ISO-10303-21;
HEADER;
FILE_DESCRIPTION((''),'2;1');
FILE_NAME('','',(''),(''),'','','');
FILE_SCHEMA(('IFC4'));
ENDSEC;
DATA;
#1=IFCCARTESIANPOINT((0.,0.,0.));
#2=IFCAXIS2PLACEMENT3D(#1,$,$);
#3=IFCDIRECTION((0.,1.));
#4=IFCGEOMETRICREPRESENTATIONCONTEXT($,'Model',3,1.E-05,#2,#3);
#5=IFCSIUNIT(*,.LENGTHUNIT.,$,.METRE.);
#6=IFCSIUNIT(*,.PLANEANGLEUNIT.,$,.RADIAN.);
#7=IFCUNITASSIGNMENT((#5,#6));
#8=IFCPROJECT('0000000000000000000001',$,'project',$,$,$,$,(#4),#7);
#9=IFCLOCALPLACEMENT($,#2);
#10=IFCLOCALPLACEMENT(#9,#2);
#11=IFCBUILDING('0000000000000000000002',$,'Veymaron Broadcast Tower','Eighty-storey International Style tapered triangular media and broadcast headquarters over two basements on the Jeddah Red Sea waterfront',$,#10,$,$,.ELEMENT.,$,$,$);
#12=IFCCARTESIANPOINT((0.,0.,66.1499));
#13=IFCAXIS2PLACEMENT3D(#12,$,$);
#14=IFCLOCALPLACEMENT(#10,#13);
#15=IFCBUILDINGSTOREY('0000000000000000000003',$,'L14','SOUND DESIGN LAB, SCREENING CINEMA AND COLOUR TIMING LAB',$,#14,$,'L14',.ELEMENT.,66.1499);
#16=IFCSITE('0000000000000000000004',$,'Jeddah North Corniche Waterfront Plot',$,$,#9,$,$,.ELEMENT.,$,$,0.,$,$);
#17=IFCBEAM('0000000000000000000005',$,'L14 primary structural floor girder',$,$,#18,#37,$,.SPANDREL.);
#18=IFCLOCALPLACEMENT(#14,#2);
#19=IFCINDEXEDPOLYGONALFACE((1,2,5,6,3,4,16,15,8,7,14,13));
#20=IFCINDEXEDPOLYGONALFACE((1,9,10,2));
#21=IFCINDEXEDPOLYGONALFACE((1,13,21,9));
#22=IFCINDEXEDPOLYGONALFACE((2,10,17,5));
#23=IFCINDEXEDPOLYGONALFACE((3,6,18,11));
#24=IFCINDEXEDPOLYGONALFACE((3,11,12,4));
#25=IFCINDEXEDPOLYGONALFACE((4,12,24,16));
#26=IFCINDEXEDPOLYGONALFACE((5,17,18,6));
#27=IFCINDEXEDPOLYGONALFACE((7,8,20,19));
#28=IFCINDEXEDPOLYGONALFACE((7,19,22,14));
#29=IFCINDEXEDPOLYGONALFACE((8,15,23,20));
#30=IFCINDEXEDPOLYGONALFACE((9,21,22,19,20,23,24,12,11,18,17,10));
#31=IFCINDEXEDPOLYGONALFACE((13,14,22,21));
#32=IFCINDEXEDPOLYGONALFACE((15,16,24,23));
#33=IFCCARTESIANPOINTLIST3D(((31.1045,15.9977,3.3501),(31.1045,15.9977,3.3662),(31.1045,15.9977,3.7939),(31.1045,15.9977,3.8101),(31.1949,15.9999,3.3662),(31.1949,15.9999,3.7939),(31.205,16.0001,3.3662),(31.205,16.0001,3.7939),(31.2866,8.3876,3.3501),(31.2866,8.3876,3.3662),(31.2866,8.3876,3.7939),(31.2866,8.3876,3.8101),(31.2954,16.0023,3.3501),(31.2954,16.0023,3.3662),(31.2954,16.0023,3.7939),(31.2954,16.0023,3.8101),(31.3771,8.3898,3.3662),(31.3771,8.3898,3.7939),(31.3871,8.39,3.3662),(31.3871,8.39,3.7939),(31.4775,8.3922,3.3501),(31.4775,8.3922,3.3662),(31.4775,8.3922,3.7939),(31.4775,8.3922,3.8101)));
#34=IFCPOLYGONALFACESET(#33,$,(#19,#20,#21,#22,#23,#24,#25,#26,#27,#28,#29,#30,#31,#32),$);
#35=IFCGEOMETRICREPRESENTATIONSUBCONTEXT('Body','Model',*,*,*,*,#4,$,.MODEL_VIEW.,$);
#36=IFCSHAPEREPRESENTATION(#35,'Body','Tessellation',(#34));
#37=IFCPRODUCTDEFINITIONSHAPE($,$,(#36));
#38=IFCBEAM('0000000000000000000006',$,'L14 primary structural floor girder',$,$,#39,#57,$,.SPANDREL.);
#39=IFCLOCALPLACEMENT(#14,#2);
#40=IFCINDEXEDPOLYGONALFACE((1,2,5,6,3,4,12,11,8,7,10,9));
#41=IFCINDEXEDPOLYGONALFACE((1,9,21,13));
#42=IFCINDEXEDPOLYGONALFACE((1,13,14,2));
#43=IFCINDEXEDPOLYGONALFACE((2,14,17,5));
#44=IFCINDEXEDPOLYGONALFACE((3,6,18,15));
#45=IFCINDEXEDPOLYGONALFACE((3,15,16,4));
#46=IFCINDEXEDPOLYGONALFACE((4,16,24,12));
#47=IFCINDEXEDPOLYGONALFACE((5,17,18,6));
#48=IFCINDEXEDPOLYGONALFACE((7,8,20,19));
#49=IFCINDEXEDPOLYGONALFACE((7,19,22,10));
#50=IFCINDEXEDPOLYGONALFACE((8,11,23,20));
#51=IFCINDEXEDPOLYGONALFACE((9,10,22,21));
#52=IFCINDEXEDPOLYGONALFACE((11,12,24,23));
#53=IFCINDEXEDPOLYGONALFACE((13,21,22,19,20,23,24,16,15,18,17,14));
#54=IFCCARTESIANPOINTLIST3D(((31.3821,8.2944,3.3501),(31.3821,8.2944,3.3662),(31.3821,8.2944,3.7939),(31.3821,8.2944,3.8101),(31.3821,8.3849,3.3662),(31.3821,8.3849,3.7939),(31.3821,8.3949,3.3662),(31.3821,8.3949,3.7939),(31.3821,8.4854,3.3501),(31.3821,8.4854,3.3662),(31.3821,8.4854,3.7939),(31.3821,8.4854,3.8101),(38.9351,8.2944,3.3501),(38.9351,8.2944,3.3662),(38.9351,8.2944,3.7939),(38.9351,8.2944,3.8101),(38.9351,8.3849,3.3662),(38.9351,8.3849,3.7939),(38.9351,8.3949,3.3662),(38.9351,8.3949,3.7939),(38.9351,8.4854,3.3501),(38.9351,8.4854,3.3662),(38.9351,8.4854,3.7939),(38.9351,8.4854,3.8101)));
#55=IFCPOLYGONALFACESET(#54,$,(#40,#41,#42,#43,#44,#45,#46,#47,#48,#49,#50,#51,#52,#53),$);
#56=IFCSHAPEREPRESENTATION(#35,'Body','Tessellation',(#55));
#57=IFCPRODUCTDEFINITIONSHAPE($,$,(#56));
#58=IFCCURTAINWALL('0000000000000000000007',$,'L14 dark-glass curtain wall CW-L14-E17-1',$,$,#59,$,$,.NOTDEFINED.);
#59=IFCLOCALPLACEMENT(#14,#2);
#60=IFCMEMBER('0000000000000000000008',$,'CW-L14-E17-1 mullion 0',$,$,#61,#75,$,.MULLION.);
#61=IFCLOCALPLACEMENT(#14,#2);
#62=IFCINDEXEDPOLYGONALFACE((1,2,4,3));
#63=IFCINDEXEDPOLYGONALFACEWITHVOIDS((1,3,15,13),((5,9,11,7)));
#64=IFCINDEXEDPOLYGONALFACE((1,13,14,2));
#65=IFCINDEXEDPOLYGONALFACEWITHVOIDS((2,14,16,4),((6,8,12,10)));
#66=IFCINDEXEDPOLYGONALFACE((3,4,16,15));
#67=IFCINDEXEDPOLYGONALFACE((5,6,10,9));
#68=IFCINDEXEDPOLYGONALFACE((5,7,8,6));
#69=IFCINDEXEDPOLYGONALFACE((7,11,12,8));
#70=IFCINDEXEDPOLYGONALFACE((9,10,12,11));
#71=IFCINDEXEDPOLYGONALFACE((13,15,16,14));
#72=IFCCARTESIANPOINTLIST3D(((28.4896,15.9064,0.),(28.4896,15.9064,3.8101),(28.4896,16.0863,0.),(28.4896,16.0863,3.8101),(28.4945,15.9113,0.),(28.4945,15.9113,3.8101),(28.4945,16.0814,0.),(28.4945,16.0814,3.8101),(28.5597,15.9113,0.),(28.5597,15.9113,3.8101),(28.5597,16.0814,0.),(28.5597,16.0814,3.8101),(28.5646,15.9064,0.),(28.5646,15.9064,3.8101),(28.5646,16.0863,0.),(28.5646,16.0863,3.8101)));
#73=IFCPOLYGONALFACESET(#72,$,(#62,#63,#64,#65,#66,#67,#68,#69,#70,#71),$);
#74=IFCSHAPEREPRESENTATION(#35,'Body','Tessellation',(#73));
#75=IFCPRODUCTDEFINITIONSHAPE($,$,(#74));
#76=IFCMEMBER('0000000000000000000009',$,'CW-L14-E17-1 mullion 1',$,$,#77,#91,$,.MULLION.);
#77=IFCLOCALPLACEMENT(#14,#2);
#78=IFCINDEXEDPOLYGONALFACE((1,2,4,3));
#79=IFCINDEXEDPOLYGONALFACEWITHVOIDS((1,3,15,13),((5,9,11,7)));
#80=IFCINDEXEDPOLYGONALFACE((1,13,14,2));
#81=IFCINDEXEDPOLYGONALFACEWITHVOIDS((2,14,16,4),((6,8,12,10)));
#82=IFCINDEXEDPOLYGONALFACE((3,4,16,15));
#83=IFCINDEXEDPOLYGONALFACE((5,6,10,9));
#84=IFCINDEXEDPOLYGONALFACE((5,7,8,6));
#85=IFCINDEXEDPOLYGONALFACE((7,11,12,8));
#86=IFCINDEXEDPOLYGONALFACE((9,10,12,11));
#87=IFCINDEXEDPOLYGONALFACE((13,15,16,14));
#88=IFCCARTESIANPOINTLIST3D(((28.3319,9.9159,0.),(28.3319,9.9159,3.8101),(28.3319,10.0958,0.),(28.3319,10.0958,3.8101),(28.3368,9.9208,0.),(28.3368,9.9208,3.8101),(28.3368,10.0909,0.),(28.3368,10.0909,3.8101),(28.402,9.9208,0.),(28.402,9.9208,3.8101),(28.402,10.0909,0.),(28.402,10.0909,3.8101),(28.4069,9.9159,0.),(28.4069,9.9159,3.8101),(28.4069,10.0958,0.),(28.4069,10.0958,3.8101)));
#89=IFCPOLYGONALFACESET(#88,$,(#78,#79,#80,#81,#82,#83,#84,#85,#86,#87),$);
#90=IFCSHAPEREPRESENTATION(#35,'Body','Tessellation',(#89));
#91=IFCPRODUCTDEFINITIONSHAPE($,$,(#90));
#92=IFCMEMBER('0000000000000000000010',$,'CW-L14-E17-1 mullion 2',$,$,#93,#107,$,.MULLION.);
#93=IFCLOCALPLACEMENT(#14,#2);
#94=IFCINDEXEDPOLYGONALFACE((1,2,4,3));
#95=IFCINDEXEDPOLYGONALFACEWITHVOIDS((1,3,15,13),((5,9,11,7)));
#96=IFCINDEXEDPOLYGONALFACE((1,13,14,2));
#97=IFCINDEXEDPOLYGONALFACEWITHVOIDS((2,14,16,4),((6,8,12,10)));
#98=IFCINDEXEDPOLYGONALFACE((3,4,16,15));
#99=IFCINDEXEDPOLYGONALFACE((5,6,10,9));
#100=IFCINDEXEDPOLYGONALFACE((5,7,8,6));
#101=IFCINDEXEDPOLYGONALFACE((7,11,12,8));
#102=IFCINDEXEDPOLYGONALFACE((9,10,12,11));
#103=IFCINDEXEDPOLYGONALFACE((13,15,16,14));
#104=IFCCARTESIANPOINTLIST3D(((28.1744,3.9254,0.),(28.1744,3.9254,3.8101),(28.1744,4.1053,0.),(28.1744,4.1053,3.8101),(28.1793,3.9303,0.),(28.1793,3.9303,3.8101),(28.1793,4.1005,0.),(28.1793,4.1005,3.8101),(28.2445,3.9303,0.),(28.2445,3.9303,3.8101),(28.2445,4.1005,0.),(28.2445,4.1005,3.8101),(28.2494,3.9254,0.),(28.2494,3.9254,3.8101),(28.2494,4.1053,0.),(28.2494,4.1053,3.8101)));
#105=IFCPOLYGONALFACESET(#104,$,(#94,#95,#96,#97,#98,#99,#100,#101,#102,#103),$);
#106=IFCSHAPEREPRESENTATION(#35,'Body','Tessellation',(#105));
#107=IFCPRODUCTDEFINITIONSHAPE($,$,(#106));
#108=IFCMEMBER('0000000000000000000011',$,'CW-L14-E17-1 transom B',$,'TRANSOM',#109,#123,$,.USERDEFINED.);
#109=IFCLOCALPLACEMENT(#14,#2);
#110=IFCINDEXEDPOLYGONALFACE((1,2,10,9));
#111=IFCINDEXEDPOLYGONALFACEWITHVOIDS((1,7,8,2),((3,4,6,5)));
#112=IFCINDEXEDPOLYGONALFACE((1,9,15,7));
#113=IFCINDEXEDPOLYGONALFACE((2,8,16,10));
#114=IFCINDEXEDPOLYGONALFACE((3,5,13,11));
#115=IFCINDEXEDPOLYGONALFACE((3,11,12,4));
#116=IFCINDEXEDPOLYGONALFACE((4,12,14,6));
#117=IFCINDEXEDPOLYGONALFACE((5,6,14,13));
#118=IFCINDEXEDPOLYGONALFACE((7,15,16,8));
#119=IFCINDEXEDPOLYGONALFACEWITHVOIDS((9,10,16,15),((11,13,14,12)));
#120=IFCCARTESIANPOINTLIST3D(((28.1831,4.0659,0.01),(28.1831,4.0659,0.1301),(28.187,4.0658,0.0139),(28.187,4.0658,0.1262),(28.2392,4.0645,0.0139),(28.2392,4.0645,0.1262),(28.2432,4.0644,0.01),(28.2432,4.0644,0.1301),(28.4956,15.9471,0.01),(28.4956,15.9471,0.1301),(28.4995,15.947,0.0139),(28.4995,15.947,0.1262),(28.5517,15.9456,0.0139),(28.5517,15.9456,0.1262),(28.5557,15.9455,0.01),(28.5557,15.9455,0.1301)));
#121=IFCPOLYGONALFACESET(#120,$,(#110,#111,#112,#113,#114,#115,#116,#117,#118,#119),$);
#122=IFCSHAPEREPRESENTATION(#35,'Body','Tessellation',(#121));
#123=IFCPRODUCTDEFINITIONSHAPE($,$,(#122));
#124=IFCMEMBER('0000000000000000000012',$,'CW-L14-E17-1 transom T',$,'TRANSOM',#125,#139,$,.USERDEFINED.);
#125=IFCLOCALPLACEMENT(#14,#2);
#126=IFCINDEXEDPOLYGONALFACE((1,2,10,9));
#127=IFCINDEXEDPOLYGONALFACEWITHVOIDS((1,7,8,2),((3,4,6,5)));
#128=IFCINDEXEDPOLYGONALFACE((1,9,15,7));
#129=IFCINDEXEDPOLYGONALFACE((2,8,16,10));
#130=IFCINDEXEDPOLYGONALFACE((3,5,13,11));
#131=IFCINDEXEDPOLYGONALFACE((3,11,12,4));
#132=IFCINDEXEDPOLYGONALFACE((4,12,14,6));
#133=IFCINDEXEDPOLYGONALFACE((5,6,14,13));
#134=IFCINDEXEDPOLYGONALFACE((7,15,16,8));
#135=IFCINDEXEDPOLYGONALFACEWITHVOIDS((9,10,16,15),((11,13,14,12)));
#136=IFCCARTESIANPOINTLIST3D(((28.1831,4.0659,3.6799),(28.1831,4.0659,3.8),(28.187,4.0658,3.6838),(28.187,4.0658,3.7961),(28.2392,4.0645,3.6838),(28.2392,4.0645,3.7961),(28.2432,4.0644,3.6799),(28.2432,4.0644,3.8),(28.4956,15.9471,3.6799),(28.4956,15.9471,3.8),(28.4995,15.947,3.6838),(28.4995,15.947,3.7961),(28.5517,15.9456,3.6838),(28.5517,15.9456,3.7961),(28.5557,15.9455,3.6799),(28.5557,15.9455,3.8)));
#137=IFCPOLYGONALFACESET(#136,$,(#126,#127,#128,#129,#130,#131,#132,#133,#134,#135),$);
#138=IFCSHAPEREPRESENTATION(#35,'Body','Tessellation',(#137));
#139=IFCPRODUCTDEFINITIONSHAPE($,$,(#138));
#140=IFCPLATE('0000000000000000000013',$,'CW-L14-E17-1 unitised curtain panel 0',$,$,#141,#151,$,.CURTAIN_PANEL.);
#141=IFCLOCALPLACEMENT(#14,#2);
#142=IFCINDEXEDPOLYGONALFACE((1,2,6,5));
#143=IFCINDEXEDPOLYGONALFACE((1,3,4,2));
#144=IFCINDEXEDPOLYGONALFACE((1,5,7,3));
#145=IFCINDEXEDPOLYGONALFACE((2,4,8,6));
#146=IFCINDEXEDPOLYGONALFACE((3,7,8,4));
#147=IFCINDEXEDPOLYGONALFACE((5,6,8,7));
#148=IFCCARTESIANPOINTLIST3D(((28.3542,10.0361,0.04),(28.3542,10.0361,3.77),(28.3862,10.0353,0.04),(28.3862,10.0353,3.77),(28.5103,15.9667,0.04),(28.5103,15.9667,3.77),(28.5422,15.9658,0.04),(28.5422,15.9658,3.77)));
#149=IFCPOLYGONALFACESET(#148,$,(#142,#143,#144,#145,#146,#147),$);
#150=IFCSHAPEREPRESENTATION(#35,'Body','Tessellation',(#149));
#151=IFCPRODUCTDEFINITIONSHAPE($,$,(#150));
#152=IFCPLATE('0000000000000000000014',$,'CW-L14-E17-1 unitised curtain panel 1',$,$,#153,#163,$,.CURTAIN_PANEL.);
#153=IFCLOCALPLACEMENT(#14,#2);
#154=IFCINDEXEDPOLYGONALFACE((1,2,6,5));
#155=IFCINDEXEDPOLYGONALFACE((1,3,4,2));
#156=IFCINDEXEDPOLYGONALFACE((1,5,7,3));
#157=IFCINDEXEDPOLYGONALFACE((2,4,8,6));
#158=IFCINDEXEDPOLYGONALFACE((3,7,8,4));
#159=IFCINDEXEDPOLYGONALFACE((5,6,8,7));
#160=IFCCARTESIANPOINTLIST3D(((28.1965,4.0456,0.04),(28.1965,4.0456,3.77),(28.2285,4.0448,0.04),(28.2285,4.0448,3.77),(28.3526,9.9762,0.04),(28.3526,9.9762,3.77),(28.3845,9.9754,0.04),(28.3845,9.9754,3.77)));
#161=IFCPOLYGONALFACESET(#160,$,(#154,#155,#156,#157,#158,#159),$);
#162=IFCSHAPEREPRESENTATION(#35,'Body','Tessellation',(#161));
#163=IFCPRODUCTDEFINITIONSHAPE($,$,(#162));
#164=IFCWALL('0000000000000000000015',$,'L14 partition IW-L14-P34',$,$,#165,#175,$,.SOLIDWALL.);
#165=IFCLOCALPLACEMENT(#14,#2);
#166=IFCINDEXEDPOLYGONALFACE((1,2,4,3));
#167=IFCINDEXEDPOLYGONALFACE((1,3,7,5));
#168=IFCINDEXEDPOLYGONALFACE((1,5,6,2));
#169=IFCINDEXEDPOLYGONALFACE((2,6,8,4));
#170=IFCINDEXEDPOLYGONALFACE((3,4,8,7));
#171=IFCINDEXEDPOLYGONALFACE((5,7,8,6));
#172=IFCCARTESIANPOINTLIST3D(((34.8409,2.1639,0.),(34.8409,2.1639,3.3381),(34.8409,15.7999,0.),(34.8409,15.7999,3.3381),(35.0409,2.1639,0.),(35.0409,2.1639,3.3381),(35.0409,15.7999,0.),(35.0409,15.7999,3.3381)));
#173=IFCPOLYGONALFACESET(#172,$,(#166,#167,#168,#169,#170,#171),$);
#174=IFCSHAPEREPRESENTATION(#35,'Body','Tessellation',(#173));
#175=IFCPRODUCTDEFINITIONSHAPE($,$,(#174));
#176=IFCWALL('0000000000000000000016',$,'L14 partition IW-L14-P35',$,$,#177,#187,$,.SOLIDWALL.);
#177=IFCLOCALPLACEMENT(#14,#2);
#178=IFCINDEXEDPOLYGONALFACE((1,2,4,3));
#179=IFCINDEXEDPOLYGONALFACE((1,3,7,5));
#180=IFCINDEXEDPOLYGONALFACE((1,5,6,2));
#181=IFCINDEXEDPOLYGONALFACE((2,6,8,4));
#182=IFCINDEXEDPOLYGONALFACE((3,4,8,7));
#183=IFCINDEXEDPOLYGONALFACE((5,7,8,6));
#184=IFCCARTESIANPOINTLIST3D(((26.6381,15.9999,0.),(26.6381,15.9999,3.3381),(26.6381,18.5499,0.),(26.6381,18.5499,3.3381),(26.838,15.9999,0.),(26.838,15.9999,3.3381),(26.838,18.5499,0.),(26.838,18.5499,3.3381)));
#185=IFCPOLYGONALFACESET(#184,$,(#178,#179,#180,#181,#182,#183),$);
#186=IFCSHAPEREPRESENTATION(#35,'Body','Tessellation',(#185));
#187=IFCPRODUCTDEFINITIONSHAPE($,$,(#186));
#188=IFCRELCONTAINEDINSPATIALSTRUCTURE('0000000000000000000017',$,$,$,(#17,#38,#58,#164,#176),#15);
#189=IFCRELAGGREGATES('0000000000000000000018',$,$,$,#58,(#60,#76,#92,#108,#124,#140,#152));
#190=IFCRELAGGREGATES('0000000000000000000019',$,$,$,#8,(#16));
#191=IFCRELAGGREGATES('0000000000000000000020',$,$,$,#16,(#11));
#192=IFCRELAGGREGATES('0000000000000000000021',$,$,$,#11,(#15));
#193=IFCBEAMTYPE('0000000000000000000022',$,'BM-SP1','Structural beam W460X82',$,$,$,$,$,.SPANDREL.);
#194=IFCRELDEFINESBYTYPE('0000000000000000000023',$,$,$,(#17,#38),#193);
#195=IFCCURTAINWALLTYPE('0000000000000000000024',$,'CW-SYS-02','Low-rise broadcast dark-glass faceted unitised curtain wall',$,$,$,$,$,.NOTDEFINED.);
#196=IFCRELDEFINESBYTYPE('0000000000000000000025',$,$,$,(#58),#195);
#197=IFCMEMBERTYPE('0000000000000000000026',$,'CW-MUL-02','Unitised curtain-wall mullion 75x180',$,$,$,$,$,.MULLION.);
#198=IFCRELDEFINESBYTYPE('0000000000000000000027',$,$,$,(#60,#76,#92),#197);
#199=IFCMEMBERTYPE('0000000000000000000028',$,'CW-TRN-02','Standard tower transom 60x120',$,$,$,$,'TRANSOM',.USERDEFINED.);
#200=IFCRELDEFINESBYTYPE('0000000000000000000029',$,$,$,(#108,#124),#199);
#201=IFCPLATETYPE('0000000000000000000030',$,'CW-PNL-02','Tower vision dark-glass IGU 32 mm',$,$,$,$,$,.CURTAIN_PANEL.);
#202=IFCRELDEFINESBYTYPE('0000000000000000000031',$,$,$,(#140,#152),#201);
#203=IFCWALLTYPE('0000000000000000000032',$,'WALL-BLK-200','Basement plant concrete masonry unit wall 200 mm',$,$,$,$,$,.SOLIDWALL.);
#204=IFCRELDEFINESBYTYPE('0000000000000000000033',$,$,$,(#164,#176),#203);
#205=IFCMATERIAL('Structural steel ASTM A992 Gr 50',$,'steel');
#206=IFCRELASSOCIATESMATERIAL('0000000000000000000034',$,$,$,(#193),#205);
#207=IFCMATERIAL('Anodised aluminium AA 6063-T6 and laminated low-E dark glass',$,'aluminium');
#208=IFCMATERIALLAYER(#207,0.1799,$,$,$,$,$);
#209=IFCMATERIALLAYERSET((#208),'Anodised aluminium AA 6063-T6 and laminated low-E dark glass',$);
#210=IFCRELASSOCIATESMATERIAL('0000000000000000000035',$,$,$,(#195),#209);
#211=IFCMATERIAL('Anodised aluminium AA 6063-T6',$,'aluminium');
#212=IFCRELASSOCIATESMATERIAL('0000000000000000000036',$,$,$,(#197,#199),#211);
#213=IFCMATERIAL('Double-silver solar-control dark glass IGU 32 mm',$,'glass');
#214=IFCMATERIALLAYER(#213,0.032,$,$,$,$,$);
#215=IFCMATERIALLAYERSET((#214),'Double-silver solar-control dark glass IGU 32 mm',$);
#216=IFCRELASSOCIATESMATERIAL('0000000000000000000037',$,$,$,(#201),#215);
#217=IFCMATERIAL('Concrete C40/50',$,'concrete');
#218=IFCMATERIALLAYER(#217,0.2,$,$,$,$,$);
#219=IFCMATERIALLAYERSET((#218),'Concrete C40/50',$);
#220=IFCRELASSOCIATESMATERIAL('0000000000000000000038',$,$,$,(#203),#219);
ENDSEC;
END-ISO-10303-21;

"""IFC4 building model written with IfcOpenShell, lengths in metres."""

from ifc_helpers import new_model, si_unit, direction, frame, frame_2d, origin, origin_2d, place, context, subcontext, project, spatial, rectangle, hollow_rectangle, i_section, extrude, material, layer, layer_set, material_profile, profile_set, type_object, element, aggregate, save


model = new_model("IFC4")

# Units and contexts
model_context = context("Model", 3, precision=1e-05, world=origin(), true_north=direction((0.0, 1.0)))
body_context = subcontext(model_context, "Body", "Model", "MODEL_VIEW")
ifc_project = project(units=[si_unit("LENGTHUNIT", "METRE"), si_unit("PLANEANGLEUNIT", "RADIAN")], contexts=[model_context])

# Site, building, storey
site_placement = place(None, origin())
site = spatial("IfcSite", under=ifc_project, at=site_placement, Name="Jeddah North Corniche Waterfront Plot", CompositionType="ELEMENT", RefElevation=0.0)
building_placement = place(site_placement, origin())
building = spatial("IfcBuilding", under=site, at=building_placement, Name="Veymaron Broadcast Tower", Description="Eighty-storey International Style tapered triangular media and broadcast headquarters over two basements on the Jeddah Red Sea waterfront", CompositionType="ELEMENT")
storey_placement = place(building_placement, frame((0.0, 0.0, 66.1499)))
storey = spatial("IfcBuildingStorey", under=building, at=storey_placement, Name="L14", Description="SOUND DESIGN LAB, SCREENING CINEMA AND COLOUR TIMING LAB", LongName="L14", CompositionType="ELEMENT", Elevation=66.1499)

# Beams
ifc_material_1 = material(Name="Structural steel ASTM A992 Gr 50", Category="steel")
ifc_material_profile_1 = material_profile(ifc_material_1, i_section(OverallWidth=0.1909, OverallDepth=0.46, WebThickness=0.01, FlangeThickness=0.0161, at=origin_2d()), Name="W460X82")
ifc_profile_set_1 = profile_set([ifc_material_profile_1], Name="Structural steel ASTM A992 Gr 50")
beam_type_1 = type_object("IfcBeamType", Name="BM-SP1", Description="Structural beam W460X82", PredefinedType="SPANDREL", material=ifc_profile_set_1)
beam_1_placement = place(storey_placement, frame((31.2, 16.0, 3.5801), z_axis=(0.023926, -0.999714, 0.0), x_axis=(0.999714, 0.023926, 0.0)))
element("IfcBeam", 1, at=beam_1_placement, inside=storey, type_object=beam_type_1, Name="L14 primary structural floor girder", PredefinedType="SPANDREL", context=body_context, shape_type="SweptSolid", body=[
    extrude(i_section(OverallWidth=0.1909, OverallDepth=0.46, WebThickness=0.01, FlangeThickness=0.0161, at=origin_2d()), origin(), (0.0, 0.0, 1.0), 7.6123),
])
beam_2_placement = place(storey_placement, frame((31.3821, 8.3899, 3.5801), z_axis=(1.0, 0.0, 0.0), x_axis=(0.0, 1.0, 0.0)))
element("IfcBeam", 2, at=beam_2_placement, inside=storey, type_object=beam_type_1, Name="L14 primary structural floor girder", PredefinedType="SPANDREL", context=body_context, shape_type="SweptSolid", body=[
    extrude(i_section(OverallWidth=0.1909, OverallDepth=0.46, WebThickness=0.01, FlangeThickness=0.0161, at=origin_2d()), origin(), (0.0, 0.0, 1.0), 7.553),
])

# Curtain wall, members, plates
ifc_material_2 = material(Name="Anodised aluminium AA 6063-T6 and laminated low-E dark glass", Category="aluminium")
ifc_layer_1 = layer(ifc_material_2, 0.1799)
ifc_layer_set_1 = layer_set([ifc_layer_1], Name="Anodised aluminium AA 6063-T6 and laminated low-E dark glass")
curtain_wall_type = type_object("IfcCurtainWallType", Name="CW-SYS-02", Description="Low-rise broadcast dark-glass faceted unitised curtain wall", PredefinedType="NOTDEFINED", material=ifc_layer_set_1)
curtain_wall_placement = place(storey_placement, origin())
curtain_wall = element("IfcCurtainWall", 3, at=curtain_wall_placement, inside=storey, type_object=curtain_wall_type, Name="L14 dark-glass curtain wall CW-L14-E17-1", PredefinedType="NOTDEFINED")
ifc_material_3 = material(Name="Anodised aluminium AA 6063-T6", Category="aluminium")
ifc_material_profile_2 = material_profile(ifc_material_3, hollow_rectangle(XDim=0.075, YDim=0.1799, WallThickness=0.0049, at=origin_2d()), Name="AL180X75X5")
ifc_profile_set_2 = profile_set([ifc_material_profile_2], Name="Anodised aluminium AA 6063-T6")
member_type_1 = type_object("IfcMemberType", Name="CW-MUL-02", Description="Unitised curtain-wall mullion 75x180", PredefinedType="MULLION", material=ifc_profile_set_2)
member_1_placement = place(storey_placement, frame((28.5271, 15.9963, 0.0), z_axis=(0.0, 0.0, 1.0), x_axis=(1.0, 0.0, 0.0)))
member_1 = element("IfcMember", 4, at=member_1_placement, type_object=member_type_1, Name="CW-L14-E17-1 mullion 0", PredefinedType="MULLION", context=body_context, shape_type="SweptSolid", body=[
    extrude(hollow_rectangle(XDim=0.075, YDim=0.1799, WallThickness=0.0049, at=origin_2d()), origin(), (0.0, 0.0, 1.0), 3.8101),
])
member_2_placement = place(storey_placement, frame((28.3694, 10.0059, 0.0), z_axis=(0.0, 0.0, 1.0), x_axis=(1.0, 0.0, 0.0)))
member_2 = element("IfcMember", 5, at=member_2_placement, type_object=member_type_1, Name="CW-L14-E17-1 mullion 1", PredefinedType="MULLION", context=body_context, shape_type="SweptSolid", body=[
    extrude(hollow_rectangle(XDim=0.075, YDim=0.1799, WallThickness=0.0049, at=origin_2d()), origin(), (0.0, 0.0, 1.0), 3.8101),
])
member_3_placement = place(storey_placement, frame((28.2119, 4.0154, 0.0), z_axis=(0.0, 0.0, 1.0), x_axis=(1.0, 0.0, 0.0)))
member_3 = element("IfcMember", 6, at=member_3_placement, type_object=member_type_1, Name="CW-L14-E17-1 mullion 2", PredefinedType="MULLION", context=body_context, shape_type="SweptSolid", body=[
    extrude(hollow_rectangle(XDim=0.075, YDim=0.1799, WallThickness=0.0049, at=origin_2d()), origin(), (0.0, 0.0, 1.0), 3.8101),
])
ifc_material_profile_3 = material_profile(ifc_material_3, hollow_rectangle(XDim=0.0601, YDim=0.1201, WallThickness=0.0039, at=origin_2d()), Name="AL120X60X4")
ifc_profile_set_3 = profile_set([ifc_material_profile_3], Name="Anodised aluminium AA 6063-T6")
member_type_2 = type_object("IfcMemberType", Name="CW-TRN-02", Description="Standard tower transom 60x120", ElementType="TRANSOM", PredefinedType="USERDEFINED", material=ifc_profile_set_3)
member_4_placement = place(storey_placement, frame((28.5256, 15.9463, 0.0701), z_axis=(-0.026293, -0.999654, 0.0), x_axis=(0.999654, -0.026293, 0.0)))
member_4 = element("IfcMember", 7, at=member_4_placement, type_object=member_type_2, Name="CW-L14-E17-1 transom B", ObjectType="TRANSOM", PredefinedType="USERDEFINED", context=body_context, shape_type="SweptSolid", body=[
    extrude(hollow_rectangle(XDim=0.0601, YDim=0.1201, WallThickness=0.0039, at=origin_2d()), origin(), (0.0, 0.0, 1.0), 11.8853),
])
member_5_placement = place(storey_placement, frame((28.5256, 15.9463, 3.74), z_axis=(-0.026293, -0.999654, 0.0), x_axis=(0.999654, -0.026293, 0.0)))
member_5 = element("IfcMember", 8, at=member_5_placement, type_object=member_type_2, Name="CW-L14-E17-1 transom T", ObjectType="TRANSOM", PredefinedType="USERDEFINED", context=body_context, shape_type="SweptSolid", body=[
    extrude(hollow_rectangle(XDim=0.0601, YDim=0.1201, WallThickness=0.0039, at=origin_2d()), origin(), (0.0, 0.0, 1.0), 11.8853),
])
ifc_material_4 = material(Name="Double-silver solar-control dark glass IGU 32 mm", Category="glass")
ifc_layer_2 = layer(ifc_material_4, 0.032)
ifc_layer_set_2 = layer_set([ifc_layer_2], Name="Double-silver solar-control dark glass IGU 32 mm")
plate_type = type_object("IfcPlateType", Name="CW-PNL-02", Description="Tower vision dark-glass IGU 32 mm", PredefinedType="CURTAIN_PANEL", material=ifc_layer_set_2)
plate_1_placement = place(storey_placement, frame((28.4482, 13.001, 0.04), z_axis=(0.0, 0.0, 1.0), x_axis=(-0.026299, -0.999654, 0.0)))
plate_1 = element("IfcPlate", 9, at=plate_1_placement, type_object=plate_type, Name="CW-L14-E17-1 unitised curtain panel 0", PredefinedType="CURTAIN_PANEL", context=body_context, shape_type="SweptSolid", body=[
    extrude(rectangle(XDim=5.9326, YDim=0.032, at=origin_2d()), origin(), (0.0, 0.0, 1.0), 3.73),
])
plate_2_placement = place(storey_placement, frame((28.2905, 7.0105, 0.04), z_axis=(0.0, 0.0, 1.0), x_axis=(-0.026299, -0.999654, 0.0)))
plate_2 = element("IfcPlate", 10, at=plate_2_placement, type_object=plate_type, Name="CW-L14-E17-1 unitised curtain panel 1", PredefinedType="CURTAIN_PANEL", context=body_context, shape_type="SweptSolid", body=[
    extrude(rectangle(XDim=5.9326, YDim=0.032, at=origin_2d()), origin(), (0.0, 0.0, 1.0), 3.73),
])
aggregate(curtain_wall, [member_1, member_2, member_3, member_4, member_5, plate_1, plate_2])

# Walls
ifc_material_5 = material(Name="Concrete C40/50", Category="concrete")
ifc_layer_3 = layer(ifc_material_5, 0.2)
ifc_layer_set_3 = layer_set([ifc_layer_3], Name="Concrete C40/50")
wall_type_1 = type_object("IfcWallType", Name="WALL-BLK-200", Description="Basement plant concrete masonry unit wall 200 mm", PredefinedType="SOLIDWALL", material=ifc_layer_set_3)
wall_1_placement = place(storey_placement, frame((34.9409, 2.1641, 0.0), z_axis=(0.0, 0.0, 1.0), x_axis=(0.0, 1.0, 0.0)))
element("IfcWall", 11, at=wall_1_placement, inside=storey, type_object=wall_type_1, Name="L14 partition IW-L14-P34", PredefinedType="SOLIDWALL", context=body_context, shape_type="SweptSolid", body=[
    extrude(rectangle(XDim=13.636, YDim=0.2, at=frame_2d((6.8179, 0.0))), origin(), (0.0, 0.0, 1.0), 3.3381),
])
wall_2_placement = place(storey_placement, frame((26.738, 16.0, 0.0), z_axis=(0.0, 0.0, 1.0), x_axis=(0.0, 1.0, 0.0)))
element("IfcWall", 12, at=wall_2_placement, inside=storey, type_object=wall_type_1, Name="L14 partition IW-L14-P35", PredefinedType="SOLIDWALL", context=body_context, shape_type="SweptSolid", body=[
    extrude(rectangle(XDim=2.55, YDim=0.2, at=frame_2d((1.2749, 0.0))), origin(), (0.0, 0.0, 1.0), 3.3381),
])

save(model, "model.ifc")
